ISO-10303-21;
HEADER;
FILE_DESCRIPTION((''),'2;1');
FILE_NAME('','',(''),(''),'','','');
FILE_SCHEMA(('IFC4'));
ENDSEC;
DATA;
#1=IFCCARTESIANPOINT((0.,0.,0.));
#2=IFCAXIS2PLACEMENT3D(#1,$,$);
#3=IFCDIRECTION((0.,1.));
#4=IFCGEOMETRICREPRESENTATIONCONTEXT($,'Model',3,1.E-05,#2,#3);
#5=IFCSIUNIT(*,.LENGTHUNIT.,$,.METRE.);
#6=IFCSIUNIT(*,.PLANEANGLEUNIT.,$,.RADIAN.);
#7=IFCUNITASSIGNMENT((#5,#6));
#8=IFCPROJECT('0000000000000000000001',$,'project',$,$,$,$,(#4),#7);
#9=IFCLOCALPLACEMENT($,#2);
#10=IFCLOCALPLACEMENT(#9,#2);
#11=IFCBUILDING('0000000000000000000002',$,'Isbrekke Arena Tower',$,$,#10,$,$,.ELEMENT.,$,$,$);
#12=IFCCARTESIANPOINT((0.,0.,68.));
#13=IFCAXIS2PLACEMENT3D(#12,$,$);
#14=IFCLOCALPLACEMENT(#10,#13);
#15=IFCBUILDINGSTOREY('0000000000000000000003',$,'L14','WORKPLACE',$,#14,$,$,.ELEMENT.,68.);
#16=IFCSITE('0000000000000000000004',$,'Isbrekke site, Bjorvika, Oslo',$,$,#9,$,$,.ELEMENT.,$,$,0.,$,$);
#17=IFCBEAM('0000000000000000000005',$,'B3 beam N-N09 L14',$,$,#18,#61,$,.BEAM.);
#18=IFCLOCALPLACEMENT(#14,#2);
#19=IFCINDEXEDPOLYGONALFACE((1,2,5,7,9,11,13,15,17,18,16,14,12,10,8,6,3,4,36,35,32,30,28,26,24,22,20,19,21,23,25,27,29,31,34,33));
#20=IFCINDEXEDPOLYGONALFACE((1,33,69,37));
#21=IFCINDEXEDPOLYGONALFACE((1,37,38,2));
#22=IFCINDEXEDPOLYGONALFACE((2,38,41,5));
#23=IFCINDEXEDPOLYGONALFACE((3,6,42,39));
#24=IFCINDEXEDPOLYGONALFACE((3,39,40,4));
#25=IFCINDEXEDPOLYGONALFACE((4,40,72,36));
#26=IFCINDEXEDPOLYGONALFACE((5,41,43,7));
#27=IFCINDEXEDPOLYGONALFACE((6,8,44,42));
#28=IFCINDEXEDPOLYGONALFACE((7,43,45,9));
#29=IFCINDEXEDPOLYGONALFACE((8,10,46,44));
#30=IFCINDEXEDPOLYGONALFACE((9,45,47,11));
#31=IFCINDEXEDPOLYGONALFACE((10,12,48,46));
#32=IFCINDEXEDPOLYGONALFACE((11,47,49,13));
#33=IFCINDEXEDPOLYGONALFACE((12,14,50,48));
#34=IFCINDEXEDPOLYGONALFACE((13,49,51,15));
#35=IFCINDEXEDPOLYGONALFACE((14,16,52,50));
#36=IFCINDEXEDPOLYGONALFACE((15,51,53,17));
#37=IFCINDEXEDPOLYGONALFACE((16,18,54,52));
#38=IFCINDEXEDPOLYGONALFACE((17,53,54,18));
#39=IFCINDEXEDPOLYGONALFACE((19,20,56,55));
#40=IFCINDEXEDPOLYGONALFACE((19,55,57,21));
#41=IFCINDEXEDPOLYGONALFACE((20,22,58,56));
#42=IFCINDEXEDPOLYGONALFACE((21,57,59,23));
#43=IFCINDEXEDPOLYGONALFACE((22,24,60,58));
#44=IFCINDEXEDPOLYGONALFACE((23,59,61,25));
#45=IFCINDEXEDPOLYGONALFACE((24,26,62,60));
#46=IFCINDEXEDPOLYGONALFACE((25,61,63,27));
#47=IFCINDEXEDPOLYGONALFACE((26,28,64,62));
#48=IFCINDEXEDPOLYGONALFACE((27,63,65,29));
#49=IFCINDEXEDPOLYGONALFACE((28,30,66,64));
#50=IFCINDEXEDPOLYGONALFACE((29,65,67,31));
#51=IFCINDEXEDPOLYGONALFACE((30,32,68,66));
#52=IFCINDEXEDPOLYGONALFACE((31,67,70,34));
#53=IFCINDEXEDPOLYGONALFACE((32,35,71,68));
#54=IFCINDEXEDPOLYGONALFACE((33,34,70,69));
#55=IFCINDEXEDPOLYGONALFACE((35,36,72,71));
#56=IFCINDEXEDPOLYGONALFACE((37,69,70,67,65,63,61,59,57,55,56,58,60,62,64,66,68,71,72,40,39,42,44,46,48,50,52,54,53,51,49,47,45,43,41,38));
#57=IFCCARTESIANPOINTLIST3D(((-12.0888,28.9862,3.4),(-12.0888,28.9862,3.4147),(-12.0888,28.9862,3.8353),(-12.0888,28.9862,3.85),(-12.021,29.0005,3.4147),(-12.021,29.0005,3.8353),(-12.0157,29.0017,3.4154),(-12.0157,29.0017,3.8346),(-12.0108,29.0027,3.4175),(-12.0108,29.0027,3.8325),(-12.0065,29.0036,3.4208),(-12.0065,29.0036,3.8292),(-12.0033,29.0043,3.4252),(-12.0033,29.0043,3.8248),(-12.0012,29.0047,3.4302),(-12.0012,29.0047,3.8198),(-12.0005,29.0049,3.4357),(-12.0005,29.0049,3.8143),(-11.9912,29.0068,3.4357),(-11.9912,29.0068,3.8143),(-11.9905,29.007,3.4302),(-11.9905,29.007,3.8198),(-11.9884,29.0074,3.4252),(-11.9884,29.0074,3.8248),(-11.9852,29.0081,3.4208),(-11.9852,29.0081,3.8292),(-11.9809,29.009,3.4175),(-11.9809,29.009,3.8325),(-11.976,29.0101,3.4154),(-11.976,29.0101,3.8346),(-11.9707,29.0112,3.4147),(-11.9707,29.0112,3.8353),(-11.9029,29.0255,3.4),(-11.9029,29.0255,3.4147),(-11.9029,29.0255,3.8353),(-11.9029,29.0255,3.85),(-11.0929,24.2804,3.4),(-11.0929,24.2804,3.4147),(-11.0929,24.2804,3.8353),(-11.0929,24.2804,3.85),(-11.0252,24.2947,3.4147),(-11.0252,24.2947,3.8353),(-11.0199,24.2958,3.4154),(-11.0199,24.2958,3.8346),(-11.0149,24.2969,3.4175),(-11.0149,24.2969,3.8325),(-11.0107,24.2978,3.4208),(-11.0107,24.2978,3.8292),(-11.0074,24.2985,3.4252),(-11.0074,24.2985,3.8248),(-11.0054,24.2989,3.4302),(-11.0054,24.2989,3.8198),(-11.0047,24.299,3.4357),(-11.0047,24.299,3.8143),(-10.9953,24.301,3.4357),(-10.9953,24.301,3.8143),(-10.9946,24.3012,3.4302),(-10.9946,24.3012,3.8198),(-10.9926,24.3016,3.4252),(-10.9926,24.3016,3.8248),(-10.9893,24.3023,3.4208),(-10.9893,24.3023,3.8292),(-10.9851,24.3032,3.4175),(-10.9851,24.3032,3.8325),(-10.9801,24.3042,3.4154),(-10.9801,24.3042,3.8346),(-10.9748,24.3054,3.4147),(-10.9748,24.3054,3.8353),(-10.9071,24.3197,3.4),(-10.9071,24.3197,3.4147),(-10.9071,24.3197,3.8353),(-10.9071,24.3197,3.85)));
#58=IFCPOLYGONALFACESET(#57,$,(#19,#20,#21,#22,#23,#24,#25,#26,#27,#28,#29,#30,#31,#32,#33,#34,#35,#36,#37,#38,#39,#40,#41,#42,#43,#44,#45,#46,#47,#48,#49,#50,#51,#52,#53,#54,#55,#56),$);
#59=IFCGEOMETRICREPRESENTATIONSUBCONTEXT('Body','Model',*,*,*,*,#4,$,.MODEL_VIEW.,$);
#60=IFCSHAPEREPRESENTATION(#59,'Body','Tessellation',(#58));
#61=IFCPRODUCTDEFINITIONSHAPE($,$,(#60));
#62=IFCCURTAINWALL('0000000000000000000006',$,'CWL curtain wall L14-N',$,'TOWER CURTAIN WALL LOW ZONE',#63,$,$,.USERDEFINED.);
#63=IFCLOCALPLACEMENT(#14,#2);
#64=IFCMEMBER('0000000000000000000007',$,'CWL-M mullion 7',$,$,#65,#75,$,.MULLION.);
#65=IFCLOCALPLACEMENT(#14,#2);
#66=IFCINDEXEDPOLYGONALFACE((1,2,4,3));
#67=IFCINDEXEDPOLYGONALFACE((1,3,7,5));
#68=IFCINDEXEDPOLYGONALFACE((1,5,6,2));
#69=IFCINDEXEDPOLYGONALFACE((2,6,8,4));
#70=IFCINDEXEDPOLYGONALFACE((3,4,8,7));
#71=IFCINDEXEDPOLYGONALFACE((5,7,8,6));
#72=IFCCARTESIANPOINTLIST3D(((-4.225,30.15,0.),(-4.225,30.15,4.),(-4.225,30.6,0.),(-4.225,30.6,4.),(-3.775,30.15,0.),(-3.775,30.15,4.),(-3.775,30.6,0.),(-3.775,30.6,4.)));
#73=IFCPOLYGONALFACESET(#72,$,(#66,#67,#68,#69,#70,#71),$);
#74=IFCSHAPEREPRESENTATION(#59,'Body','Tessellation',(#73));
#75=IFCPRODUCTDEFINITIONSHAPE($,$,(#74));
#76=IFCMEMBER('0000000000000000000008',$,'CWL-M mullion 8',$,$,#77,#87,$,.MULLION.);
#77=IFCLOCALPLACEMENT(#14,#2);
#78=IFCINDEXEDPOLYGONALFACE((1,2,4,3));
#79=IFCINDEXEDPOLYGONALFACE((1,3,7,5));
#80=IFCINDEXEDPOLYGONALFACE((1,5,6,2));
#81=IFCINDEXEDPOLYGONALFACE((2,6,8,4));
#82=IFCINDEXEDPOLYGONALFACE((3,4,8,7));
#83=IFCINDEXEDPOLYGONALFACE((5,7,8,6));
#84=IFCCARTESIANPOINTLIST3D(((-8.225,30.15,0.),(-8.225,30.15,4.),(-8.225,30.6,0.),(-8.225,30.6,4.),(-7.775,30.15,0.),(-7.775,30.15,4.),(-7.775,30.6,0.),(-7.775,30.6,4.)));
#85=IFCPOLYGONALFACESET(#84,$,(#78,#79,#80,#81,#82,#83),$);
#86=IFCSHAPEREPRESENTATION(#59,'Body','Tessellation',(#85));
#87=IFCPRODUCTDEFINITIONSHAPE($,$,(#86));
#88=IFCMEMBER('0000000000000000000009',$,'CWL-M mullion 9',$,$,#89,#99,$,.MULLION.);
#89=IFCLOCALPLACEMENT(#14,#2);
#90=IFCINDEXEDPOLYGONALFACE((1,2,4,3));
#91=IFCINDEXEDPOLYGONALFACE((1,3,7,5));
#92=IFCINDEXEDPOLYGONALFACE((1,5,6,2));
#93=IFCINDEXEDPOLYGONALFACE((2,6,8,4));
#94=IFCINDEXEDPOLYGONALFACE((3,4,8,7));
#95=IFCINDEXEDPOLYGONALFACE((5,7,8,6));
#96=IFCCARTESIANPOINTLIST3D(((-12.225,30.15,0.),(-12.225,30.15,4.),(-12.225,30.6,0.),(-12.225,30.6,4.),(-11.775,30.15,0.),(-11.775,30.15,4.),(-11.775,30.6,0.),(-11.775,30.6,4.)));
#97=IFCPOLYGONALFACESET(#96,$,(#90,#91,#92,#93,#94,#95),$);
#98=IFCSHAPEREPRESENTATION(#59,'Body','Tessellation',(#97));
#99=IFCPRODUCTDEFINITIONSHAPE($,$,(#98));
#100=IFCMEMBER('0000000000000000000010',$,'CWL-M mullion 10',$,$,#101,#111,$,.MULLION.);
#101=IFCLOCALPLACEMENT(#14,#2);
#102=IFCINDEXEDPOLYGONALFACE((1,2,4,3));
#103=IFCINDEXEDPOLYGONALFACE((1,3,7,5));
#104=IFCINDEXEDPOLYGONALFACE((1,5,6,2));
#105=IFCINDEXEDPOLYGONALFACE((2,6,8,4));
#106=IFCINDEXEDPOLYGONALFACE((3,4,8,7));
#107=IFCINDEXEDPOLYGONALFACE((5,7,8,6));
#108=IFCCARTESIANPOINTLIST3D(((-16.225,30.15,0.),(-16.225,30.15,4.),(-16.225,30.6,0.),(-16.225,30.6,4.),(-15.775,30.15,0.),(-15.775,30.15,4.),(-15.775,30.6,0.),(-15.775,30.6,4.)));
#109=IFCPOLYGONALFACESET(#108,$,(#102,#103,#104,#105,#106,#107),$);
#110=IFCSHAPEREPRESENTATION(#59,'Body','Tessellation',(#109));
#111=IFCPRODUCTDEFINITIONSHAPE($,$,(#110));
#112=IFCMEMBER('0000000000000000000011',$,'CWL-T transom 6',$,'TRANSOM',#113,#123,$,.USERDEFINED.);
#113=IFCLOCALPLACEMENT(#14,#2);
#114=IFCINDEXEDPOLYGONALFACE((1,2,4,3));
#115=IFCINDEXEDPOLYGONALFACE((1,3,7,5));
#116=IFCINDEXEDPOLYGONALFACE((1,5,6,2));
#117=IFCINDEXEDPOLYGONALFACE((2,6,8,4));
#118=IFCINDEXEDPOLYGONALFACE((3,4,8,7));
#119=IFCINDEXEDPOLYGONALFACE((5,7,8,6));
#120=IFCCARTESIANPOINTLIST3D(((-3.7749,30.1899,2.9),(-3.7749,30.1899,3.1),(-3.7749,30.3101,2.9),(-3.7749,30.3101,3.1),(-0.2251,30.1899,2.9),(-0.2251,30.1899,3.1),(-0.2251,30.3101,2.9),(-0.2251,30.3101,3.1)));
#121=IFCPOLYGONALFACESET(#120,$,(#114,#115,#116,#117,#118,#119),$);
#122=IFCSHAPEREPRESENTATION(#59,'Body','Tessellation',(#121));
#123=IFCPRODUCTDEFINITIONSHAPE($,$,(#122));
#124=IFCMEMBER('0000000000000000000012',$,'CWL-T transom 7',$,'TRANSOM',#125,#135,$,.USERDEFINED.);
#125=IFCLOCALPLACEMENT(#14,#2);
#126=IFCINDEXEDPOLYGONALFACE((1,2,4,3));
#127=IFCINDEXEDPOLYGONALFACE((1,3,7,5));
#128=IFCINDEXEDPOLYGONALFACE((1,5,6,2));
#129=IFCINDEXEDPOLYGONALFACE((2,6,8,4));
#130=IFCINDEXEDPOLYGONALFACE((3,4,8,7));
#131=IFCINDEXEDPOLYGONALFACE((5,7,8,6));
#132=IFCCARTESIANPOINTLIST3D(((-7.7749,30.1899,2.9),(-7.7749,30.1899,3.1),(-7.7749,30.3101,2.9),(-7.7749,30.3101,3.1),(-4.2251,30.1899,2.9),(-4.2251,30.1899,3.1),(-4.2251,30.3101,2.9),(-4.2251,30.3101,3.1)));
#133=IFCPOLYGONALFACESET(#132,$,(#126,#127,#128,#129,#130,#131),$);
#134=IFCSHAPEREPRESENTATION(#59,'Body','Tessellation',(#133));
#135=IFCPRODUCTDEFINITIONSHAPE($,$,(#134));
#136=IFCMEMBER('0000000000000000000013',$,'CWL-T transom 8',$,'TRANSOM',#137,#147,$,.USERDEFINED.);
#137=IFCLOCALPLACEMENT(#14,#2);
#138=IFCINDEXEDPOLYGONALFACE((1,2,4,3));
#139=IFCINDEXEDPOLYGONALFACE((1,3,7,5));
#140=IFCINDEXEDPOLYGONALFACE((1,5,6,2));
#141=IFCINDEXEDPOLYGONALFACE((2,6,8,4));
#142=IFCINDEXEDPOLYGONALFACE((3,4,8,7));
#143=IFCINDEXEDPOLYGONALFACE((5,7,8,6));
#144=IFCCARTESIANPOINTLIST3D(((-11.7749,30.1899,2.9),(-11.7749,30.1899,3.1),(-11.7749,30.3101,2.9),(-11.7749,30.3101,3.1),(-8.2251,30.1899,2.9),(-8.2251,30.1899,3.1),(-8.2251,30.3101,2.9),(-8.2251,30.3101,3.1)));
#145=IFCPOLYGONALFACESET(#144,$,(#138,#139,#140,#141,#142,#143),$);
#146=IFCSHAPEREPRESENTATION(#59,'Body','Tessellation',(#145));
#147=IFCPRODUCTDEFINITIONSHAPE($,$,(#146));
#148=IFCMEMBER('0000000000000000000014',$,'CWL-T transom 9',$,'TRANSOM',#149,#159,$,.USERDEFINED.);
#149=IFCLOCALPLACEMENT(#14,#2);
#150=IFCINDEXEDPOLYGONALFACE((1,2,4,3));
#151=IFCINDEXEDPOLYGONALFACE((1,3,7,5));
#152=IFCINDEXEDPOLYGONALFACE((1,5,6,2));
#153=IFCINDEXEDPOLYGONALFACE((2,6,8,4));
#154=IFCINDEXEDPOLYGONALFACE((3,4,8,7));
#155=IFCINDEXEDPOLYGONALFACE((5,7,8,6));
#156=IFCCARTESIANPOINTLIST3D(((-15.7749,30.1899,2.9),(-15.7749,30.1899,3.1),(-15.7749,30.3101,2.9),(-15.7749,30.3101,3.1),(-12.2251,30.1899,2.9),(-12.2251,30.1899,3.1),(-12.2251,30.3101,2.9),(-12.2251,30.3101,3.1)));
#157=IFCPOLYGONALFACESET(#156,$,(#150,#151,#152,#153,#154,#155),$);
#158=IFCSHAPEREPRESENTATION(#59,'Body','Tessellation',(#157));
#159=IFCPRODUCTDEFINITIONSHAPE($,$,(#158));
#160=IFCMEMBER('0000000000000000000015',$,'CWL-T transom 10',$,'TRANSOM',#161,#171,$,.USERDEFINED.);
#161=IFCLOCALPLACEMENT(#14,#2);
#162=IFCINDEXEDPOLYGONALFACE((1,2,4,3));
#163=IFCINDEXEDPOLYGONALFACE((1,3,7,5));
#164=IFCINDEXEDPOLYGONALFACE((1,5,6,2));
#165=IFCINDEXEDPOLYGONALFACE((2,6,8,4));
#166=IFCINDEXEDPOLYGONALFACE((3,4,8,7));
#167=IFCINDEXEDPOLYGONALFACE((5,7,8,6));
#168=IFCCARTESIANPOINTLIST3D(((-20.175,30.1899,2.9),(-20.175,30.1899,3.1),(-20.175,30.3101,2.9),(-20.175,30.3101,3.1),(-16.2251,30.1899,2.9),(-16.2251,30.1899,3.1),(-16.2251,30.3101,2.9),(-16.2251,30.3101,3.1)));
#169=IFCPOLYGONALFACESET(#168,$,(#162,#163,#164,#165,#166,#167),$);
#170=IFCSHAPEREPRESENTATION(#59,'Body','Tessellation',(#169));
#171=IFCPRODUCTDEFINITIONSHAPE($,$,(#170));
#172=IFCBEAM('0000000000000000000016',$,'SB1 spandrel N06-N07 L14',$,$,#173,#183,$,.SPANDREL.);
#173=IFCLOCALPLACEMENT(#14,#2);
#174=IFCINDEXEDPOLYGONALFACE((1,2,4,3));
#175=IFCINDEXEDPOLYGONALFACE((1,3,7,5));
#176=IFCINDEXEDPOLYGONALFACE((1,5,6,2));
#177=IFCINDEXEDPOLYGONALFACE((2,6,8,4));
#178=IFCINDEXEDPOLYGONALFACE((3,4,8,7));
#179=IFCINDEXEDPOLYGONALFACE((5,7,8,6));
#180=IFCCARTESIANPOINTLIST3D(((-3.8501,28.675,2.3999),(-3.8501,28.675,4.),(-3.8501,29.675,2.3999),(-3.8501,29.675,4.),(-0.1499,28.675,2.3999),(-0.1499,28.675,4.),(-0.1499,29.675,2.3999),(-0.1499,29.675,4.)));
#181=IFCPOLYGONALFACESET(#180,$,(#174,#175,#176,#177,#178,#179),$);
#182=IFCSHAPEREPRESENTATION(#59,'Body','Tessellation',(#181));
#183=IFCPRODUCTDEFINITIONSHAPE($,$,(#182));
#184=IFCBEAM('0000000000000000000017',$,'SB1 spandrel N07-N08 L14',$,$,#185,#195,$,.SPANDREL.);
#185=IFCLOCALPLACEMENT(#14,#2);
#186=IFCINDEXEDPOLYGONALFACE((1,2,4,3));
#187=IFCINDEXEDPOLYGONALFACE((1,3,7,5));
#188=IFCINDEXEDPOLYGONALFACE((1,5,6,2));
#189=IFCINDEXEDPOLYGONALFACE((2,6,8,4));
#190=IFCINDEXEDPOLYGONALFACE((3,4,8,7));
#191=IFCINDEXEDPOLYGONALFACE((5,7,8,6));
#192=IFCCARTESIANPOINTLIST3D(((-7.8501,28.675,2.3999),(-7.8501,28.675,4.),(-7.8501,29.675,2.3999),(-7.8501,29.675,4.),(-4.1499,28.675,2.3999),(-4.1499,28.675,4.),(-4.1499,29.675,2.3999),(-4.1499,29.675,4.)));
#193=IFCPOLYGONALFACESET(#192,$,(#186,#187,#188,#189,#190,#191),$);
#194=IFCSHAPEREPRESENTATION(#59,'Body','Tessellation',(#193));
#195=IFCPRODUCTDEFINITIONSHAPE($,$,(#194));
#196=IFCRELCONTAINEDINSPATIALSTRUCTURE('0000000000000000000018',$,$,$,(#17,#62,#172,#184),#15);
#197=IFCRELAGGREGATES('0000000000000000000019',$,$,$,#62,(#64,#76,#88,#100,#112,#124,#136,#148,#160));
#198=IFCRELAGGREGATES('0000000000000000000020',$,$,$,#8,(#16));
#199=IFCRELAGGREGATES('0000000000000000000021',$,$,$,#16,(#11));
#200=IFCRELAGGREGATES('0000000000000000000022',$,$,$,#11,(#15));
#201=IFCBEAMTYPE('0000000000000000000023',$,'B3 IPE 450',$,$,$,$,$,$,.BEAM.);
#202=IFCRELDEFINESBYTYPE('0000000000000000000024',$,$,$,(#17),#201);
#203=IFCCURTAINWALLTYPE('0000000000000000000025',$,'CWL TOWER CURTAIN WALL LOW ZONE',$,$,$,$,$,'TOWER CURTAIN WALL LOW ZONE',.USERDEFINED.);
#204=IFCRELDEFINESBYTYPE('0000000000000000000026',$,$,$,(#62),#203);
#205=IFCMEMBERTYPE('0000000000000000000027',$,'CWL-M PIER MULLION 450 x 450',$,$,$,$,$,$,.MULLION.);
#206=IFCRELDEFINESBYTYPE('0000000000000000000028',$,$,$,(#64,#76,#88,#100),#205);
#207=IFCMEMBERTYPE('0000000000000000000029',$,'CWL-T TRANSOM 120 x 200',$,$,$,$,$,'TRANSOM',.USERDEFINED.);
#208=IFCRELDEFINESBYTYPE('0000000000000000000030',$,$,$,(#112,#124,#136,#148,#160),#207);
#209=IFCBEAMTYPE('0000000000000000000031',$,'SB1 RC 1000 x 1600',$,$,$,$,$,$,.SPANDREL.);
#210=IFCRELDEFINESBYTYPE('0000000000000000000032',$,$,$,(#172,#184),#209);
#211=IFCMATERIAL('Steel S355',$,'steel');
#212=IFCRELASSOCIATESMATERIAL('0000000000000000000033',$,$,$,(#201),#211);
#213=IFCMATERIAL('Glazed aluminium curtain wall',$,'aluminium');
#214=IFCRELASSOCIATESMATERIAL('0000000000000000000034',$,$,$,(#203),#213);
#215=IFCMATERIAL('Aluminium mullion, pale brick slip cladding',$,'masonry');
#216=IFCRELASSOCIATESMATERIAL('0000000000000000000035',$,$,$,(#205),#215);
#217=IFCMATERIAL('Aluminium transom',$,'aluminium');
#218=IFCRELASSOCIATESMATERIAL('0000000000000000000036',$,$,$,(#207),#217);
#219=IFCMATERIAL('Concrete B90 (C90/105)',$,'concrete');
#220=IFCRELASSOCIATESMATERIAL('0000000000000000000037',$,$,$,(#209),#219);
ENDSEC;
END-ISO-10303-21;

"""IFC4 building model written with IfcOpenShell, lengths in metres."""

from ifc_helpers import new_model, si_unit, direction, frame, origin, origin_2d, place, context, subcontext, project, spatial, rectangle, i_section, extrude, material, material_profile, profile_set, type_object, element, aggregate, save


model = new_model("IFC4")

# Units and contexts
model_context = context("Model", 3, precision=1e-05, world=origin(), true_north=direction((0.0, 1.0)))
body_context = subcontext(model_context, "Body", "Model", "MODEL_VIEW")
ifc_project = project(units=[si_unit("LENGTHUNIT", "METRE"), si_unit("PLANEANGLEUNIT", "RADIAN")], contexts=[model_context])

# Site, building, storey
site_placement = place(None, origin())
site = spatial("IfcSite", under=ifc_project, at=site_placement, Name="Isbrekke site, Bjorvika, Oslo", CompositionType="ELEMENT", RefElevation=0.0)
building_placement = place(site_placement, origin())
building = spatial("IfcBuilding", under=site, at=building_placement, Name="Isbrekke Arena Tower", CompositionType="ELEMENT")
storey_placement = place(building_placement, frame((0.0, 0.0, 68.0)))
storey = spatial("IfcBuildingStorey", under=building, at=storey_placement, Name="L14", Description="WORKPLACE", CompositionType="ELEMENT", Elevation=68.0)

# Beam
ifc_material_1 = material(Name="Steel S355", Category="steel")
ifc_material_profile_1 = material_profile(ifc_material_1, i_section(OverallWidth=0.1899, OverallDepth=0.45, WebThickness=0.0095, FlangeThickness=0.0146, FilletRadius=0.021, at=origin_2d()), Name="IPE 450")
ifc_profile_set_1 = profile_set([ifc_material_profile_1], Name="Steel S355")
beam_type_1 = type_object("IfcBeamType", Name="B3 IPE 450", PredefinedType="BEAM", material=ifc_profile_set_1)
beam_1_placement = place(storey_placement, frame((-11.9958, 29.0059, 3.625), z_axis=(0.207036, -0.978333, 0.0), x_axis=(0.978333, 0.207036, 0.0)))
element("IfcBeam", 1, at=beam_1_placement, inside=storey, type_object=beam_type_1, Name="B3 beam N-N09 L14", PredefinedType="BEAM", context=body_context, shape_type="SweptSolid", body=[
    extrude(i_section(OverallWidth=0.1899, OverallDepth=0.45, WebThickness=0.0095, FlangeThickness=0.0146, FilletRadius=0.021, at=origin_2d()), origin(), (0.0, 0.0, 1.0), 4.8101),
])

# Curtain wall, members
ifc_material_2 = material(Name="Glazed aluminium curtain wall", Category="aluminium")
curtain_wall_type = type_object("IfcCurtainWallType", Name="CWL TOWER CURTAIN WALL LOW ZONE", ElementType="TOWER CURTAIN WALL LOW ZONE", PredefinedType="USERDEFINED", material=ifc_material_2)
curtain_wall_placement = place(storey_placement, origin())
curtain_wall = element("IfcCurtainWall", 2, at=curtain_wall_placement, inside=storey, type_object=curtain_wall_type, Name="CWL curtain wall L14-N", ObjectType="TOWER CURTAIN WALL LOW ZONE", PredefinedType="USERDEFINED")
ifc_material_3 = material(Name="Aluminium mullion, pale brick slip cladding", Category="masonry")
ifc_material_profile_2 = material_profile(ifc_material_3, rectangle(XDim=0.45, YDim=0.45, at=origin_2d()), Name="PIER 450X450")
ifc_profile_set_2 = profile_set([ifc_material_profile_2], Name="Aluminium mullion, pale brick slip cladding")
member_type_1 = type_object("IfcMemberType", Name="CWL-M PIER MULLION 450 x 450", PredefinedType="MULLION", material=ifc_profile_set_2)
member_1_placement = place(storey_placement, frame((-4.0, 30.375, 0.0), z_axis=(0.0, 0.0, 1.0), x_axis=(-1.0, 0.0, 0.0)))
member_1 = element("IfcMember", 3, at=member_1_placement, type_object=member_type_1, Name="CWL-M mullion 7", PredefinedType="MULLION", context=body_context, shape_type="SweptSolid", body=[
    extrude(rectangle(XDim=0.45, YDim=0.45, at=origin_2d()), origin(), (0.0, 0.0, 1.0), 4.0),
])
member_2_placement = place(storey_placement, frame((-8.0, 30.375, 0.0), z_axis=(0.0, 0.0, 1.0), x_axis=(-1.0, 0.0, 0.0)))
member_2 = element("IfcMember", 4, at=member_2_placement, type_object=member_type_1, Name="CWL-M mullion 8", PredefinedType="MULLION", context=body_context, shape_type="SweptSolid", body=[
    extrude(rectangle(XDim=0.45, YDim=0.45, at=origin_2d()), origin(), (0.0, 0.0, 1.0), 4.0),
])
member_3_placement = place(storey_placement, frame((-12.0, 30.375, 0.0), z_axis=(0.0, 0.0, 1.0), x_axis=(-1.0, 0.0, 0.0)))
member_3 = element("IfcMember", 5, at=member_3_placement, type_object=member_type_1, Name="CWL-M mullion 9", PredefinedType="MULLION", context=body_context, shape_type="SweptSolid", body=[
    extrude(rectangle(XDim=0.45, YDim=0.45, at=origin_2d()), origin(), (0.0, 0.0, 1.0), 4.0),
])
member_4_placement = place(storey_placement, frame((-16.0, 30.375, 0.0), z_axis=(0.0, 0.0, 1.0), x_axis=(-1.0, 0.0, 0.0)))
member_4 = element("IfcMember", 6, at=member_4_placement, type_object=member_type_1, Name="CWL-M mullion 10", PredefinedType="MULLION", context=body_context, shape_type="SweptSolid", body=[
    extrude(rectangle(XDim=0.45, YDim=0.45, at=origin_2d()), origin(), (0.0, 0.0, 1.0), 4.0),
])
ifc_material_4 = material(Name="Aluminium transom", Category="aluminium")
ifc_material_profile_3 = material_profile(ifc_material_4, rectangle(XDim=0.1201, YDim=0.2, at=origin_2d()), Name="TRANSOM 120X200")
ifc_profile_set_3 = profile_set([ifc_material_profile_3], Name="Aluminium transom")
member_type_2 = type_object("IfcMemberType", Name="CWL-T TRANSOM 120 x 200", ElementType="TRANSOM", PredefinedType="USERDEFINED", material=ifc_profile_set_3)
member_5_placement = place(storey_placement, frame((-0.2251, 30.25, 3.0), z_axis=(-1.0, 0.0, 0.0), x_axis=(0.0, -1.0, 0.0)))
member_5 = element("IfcMember", 7, at=member_5_placement, type_object=member_type_2, Name="CWL-T transom 6", ObjectType="TRANSOM", PredefinedType="USERDEFINED", context=body_context, shape_type="SweptSolid", body=[
    extrude(rectangle(XDim=0.1201, YDim=0.2, at=origin_2d()), origin(), (0.0, 0.0, 1.0), 3.5498),
])
member_6_placement = place(storey_placement, frame((-4.2251, 30.25, 3.0), z_axis=(-1.0, 0.0, 0.0), x_axis=(0.0, -1.0, 0.0)))
member_6 = element("IfcMember", 8, at=member_6_placement, type_object=member_type_2, Name="CWL-T transom 7", ObjectType="TRANSOM", PredefinedType="USERDEFINED", context=body_context, shape_type="SweptSolid", body=[
    extrude(rectangle(XDim=0.1201, YDim=0.2, at=origin_2d()), origin(), (0.0, 0.0, 1.0), 3.5498),
])
member_7_placement = place(storey_placement, frame((-8.2251, 30.25, 3.0), z_axis=(-1.0, 0.0, 0.0), x_axis=(0.0, -1.0, 0.0)))
member_7 = element("IfcMember", 9, at=member_7_placement, type_object=member_type_2, Name="CWL-T transom 8", ObjectType="TRANSOM", PredefinedType="USERDEFINED", context=body_context, shape_type="SweptSolid", body=[
    extrude(rectangle(XDim=0.1201, YDim=0.2, at=origin_2d()), origin(), (0.0, 0.0, 1.0), 3.5498),
])
member_8_placement = place(storey_placement, frame((-12.2251, 30.25, 3.0), z_axis=(-1.0, 0.0, 0.0), x_axis=(0.0, -1.0, 0.0)))
member_8 = element("IfcMember", 10, at=member_8_placement, type_object=member_type_2, Name="CWL-T transom 9", ObjectType="TRANSOM", PredefinedType="USERDEFINED", context=body_context, shape_type="SweptSolid", body=[
    extrude(rectangle(XDim=0.1201, YDim=0.2, at=origin_2d()), origin(), (0.0, 0.0, 1.0), 3.5498),
])
member_9_placement = place(storey_placement, frame((-16.2251, 30.25, 3.0), z_axis=(-1.0, 0.0, 0.0), x_axis=(0.0, -1.0, 0.0)))
member_9 = element("IfcMember", 11, at=member_9_placement, type_object=member_type_2, Name="CWL-T transom 10", ObjectType="TRANSOM", PredefinedType="USERDEFINED", context=body_context, shape_type="SweptSolid", body=[
    extrude(rectangle(XDim=0.1201, YDim=0.2, at=origin_2d()), origin(), (0.0, 0.0, 1.0), 3.95),
])

# Beams
ifc_material_5 = material(Name="Concrete B90 (C90/105)", Category="concrete")
ifc_material_profile_4 = material_profile(ifc_material_5, rectangle(XDim=1.0, YDim=1.6001, at=origin_2d()), Name="RC 1000x1600")
ifc_profile_set_4 = profile_set([ifc_material_profile_4], Name="Concrete B90 (C90/105)")
beam_type_2 = type_object("IfcBeamType", Name="SB1 RC 1000 x 1600", PredefinedType="SPANDREL", material=ifc_profile_set_4)
for number, where, z_axis, x_axis, name in (
    (12, (-0.1499, 29.175, 3.2), (-1.0, 0.0, 0.0), (0.0, -1.0, 0.0), "SB1 spandrel N06-N07 L14"),
    (13, (-4.1499, 29.175, 3.2), (-1.0, 0.0, 0.0), (0.0, -1.0, 0.0), "SB1 spandrel N07-N08 L14"),
):
    element("IfcBeam", number, at=place(storey_placement, frame(where, z_axis=z_axis, x_axis=x_axis)), inside=storey, type_object=beam_type_2, Name=name, PredefinedType="SPANDREL", context=body_context, shape_type="SweptSolid", body=[
        extrude(rectangle(XDim=1.0, YDim=1.6001, at=origin_2d()), origin(), (0.0, 0.0, 1.0), 3.7002),
    ])

aggregate(curtain_wall, [member_1, member_2, member_3, member_4, member_5, member_6, member_7, member_8, member_9])

save(model, "model.ifc")
